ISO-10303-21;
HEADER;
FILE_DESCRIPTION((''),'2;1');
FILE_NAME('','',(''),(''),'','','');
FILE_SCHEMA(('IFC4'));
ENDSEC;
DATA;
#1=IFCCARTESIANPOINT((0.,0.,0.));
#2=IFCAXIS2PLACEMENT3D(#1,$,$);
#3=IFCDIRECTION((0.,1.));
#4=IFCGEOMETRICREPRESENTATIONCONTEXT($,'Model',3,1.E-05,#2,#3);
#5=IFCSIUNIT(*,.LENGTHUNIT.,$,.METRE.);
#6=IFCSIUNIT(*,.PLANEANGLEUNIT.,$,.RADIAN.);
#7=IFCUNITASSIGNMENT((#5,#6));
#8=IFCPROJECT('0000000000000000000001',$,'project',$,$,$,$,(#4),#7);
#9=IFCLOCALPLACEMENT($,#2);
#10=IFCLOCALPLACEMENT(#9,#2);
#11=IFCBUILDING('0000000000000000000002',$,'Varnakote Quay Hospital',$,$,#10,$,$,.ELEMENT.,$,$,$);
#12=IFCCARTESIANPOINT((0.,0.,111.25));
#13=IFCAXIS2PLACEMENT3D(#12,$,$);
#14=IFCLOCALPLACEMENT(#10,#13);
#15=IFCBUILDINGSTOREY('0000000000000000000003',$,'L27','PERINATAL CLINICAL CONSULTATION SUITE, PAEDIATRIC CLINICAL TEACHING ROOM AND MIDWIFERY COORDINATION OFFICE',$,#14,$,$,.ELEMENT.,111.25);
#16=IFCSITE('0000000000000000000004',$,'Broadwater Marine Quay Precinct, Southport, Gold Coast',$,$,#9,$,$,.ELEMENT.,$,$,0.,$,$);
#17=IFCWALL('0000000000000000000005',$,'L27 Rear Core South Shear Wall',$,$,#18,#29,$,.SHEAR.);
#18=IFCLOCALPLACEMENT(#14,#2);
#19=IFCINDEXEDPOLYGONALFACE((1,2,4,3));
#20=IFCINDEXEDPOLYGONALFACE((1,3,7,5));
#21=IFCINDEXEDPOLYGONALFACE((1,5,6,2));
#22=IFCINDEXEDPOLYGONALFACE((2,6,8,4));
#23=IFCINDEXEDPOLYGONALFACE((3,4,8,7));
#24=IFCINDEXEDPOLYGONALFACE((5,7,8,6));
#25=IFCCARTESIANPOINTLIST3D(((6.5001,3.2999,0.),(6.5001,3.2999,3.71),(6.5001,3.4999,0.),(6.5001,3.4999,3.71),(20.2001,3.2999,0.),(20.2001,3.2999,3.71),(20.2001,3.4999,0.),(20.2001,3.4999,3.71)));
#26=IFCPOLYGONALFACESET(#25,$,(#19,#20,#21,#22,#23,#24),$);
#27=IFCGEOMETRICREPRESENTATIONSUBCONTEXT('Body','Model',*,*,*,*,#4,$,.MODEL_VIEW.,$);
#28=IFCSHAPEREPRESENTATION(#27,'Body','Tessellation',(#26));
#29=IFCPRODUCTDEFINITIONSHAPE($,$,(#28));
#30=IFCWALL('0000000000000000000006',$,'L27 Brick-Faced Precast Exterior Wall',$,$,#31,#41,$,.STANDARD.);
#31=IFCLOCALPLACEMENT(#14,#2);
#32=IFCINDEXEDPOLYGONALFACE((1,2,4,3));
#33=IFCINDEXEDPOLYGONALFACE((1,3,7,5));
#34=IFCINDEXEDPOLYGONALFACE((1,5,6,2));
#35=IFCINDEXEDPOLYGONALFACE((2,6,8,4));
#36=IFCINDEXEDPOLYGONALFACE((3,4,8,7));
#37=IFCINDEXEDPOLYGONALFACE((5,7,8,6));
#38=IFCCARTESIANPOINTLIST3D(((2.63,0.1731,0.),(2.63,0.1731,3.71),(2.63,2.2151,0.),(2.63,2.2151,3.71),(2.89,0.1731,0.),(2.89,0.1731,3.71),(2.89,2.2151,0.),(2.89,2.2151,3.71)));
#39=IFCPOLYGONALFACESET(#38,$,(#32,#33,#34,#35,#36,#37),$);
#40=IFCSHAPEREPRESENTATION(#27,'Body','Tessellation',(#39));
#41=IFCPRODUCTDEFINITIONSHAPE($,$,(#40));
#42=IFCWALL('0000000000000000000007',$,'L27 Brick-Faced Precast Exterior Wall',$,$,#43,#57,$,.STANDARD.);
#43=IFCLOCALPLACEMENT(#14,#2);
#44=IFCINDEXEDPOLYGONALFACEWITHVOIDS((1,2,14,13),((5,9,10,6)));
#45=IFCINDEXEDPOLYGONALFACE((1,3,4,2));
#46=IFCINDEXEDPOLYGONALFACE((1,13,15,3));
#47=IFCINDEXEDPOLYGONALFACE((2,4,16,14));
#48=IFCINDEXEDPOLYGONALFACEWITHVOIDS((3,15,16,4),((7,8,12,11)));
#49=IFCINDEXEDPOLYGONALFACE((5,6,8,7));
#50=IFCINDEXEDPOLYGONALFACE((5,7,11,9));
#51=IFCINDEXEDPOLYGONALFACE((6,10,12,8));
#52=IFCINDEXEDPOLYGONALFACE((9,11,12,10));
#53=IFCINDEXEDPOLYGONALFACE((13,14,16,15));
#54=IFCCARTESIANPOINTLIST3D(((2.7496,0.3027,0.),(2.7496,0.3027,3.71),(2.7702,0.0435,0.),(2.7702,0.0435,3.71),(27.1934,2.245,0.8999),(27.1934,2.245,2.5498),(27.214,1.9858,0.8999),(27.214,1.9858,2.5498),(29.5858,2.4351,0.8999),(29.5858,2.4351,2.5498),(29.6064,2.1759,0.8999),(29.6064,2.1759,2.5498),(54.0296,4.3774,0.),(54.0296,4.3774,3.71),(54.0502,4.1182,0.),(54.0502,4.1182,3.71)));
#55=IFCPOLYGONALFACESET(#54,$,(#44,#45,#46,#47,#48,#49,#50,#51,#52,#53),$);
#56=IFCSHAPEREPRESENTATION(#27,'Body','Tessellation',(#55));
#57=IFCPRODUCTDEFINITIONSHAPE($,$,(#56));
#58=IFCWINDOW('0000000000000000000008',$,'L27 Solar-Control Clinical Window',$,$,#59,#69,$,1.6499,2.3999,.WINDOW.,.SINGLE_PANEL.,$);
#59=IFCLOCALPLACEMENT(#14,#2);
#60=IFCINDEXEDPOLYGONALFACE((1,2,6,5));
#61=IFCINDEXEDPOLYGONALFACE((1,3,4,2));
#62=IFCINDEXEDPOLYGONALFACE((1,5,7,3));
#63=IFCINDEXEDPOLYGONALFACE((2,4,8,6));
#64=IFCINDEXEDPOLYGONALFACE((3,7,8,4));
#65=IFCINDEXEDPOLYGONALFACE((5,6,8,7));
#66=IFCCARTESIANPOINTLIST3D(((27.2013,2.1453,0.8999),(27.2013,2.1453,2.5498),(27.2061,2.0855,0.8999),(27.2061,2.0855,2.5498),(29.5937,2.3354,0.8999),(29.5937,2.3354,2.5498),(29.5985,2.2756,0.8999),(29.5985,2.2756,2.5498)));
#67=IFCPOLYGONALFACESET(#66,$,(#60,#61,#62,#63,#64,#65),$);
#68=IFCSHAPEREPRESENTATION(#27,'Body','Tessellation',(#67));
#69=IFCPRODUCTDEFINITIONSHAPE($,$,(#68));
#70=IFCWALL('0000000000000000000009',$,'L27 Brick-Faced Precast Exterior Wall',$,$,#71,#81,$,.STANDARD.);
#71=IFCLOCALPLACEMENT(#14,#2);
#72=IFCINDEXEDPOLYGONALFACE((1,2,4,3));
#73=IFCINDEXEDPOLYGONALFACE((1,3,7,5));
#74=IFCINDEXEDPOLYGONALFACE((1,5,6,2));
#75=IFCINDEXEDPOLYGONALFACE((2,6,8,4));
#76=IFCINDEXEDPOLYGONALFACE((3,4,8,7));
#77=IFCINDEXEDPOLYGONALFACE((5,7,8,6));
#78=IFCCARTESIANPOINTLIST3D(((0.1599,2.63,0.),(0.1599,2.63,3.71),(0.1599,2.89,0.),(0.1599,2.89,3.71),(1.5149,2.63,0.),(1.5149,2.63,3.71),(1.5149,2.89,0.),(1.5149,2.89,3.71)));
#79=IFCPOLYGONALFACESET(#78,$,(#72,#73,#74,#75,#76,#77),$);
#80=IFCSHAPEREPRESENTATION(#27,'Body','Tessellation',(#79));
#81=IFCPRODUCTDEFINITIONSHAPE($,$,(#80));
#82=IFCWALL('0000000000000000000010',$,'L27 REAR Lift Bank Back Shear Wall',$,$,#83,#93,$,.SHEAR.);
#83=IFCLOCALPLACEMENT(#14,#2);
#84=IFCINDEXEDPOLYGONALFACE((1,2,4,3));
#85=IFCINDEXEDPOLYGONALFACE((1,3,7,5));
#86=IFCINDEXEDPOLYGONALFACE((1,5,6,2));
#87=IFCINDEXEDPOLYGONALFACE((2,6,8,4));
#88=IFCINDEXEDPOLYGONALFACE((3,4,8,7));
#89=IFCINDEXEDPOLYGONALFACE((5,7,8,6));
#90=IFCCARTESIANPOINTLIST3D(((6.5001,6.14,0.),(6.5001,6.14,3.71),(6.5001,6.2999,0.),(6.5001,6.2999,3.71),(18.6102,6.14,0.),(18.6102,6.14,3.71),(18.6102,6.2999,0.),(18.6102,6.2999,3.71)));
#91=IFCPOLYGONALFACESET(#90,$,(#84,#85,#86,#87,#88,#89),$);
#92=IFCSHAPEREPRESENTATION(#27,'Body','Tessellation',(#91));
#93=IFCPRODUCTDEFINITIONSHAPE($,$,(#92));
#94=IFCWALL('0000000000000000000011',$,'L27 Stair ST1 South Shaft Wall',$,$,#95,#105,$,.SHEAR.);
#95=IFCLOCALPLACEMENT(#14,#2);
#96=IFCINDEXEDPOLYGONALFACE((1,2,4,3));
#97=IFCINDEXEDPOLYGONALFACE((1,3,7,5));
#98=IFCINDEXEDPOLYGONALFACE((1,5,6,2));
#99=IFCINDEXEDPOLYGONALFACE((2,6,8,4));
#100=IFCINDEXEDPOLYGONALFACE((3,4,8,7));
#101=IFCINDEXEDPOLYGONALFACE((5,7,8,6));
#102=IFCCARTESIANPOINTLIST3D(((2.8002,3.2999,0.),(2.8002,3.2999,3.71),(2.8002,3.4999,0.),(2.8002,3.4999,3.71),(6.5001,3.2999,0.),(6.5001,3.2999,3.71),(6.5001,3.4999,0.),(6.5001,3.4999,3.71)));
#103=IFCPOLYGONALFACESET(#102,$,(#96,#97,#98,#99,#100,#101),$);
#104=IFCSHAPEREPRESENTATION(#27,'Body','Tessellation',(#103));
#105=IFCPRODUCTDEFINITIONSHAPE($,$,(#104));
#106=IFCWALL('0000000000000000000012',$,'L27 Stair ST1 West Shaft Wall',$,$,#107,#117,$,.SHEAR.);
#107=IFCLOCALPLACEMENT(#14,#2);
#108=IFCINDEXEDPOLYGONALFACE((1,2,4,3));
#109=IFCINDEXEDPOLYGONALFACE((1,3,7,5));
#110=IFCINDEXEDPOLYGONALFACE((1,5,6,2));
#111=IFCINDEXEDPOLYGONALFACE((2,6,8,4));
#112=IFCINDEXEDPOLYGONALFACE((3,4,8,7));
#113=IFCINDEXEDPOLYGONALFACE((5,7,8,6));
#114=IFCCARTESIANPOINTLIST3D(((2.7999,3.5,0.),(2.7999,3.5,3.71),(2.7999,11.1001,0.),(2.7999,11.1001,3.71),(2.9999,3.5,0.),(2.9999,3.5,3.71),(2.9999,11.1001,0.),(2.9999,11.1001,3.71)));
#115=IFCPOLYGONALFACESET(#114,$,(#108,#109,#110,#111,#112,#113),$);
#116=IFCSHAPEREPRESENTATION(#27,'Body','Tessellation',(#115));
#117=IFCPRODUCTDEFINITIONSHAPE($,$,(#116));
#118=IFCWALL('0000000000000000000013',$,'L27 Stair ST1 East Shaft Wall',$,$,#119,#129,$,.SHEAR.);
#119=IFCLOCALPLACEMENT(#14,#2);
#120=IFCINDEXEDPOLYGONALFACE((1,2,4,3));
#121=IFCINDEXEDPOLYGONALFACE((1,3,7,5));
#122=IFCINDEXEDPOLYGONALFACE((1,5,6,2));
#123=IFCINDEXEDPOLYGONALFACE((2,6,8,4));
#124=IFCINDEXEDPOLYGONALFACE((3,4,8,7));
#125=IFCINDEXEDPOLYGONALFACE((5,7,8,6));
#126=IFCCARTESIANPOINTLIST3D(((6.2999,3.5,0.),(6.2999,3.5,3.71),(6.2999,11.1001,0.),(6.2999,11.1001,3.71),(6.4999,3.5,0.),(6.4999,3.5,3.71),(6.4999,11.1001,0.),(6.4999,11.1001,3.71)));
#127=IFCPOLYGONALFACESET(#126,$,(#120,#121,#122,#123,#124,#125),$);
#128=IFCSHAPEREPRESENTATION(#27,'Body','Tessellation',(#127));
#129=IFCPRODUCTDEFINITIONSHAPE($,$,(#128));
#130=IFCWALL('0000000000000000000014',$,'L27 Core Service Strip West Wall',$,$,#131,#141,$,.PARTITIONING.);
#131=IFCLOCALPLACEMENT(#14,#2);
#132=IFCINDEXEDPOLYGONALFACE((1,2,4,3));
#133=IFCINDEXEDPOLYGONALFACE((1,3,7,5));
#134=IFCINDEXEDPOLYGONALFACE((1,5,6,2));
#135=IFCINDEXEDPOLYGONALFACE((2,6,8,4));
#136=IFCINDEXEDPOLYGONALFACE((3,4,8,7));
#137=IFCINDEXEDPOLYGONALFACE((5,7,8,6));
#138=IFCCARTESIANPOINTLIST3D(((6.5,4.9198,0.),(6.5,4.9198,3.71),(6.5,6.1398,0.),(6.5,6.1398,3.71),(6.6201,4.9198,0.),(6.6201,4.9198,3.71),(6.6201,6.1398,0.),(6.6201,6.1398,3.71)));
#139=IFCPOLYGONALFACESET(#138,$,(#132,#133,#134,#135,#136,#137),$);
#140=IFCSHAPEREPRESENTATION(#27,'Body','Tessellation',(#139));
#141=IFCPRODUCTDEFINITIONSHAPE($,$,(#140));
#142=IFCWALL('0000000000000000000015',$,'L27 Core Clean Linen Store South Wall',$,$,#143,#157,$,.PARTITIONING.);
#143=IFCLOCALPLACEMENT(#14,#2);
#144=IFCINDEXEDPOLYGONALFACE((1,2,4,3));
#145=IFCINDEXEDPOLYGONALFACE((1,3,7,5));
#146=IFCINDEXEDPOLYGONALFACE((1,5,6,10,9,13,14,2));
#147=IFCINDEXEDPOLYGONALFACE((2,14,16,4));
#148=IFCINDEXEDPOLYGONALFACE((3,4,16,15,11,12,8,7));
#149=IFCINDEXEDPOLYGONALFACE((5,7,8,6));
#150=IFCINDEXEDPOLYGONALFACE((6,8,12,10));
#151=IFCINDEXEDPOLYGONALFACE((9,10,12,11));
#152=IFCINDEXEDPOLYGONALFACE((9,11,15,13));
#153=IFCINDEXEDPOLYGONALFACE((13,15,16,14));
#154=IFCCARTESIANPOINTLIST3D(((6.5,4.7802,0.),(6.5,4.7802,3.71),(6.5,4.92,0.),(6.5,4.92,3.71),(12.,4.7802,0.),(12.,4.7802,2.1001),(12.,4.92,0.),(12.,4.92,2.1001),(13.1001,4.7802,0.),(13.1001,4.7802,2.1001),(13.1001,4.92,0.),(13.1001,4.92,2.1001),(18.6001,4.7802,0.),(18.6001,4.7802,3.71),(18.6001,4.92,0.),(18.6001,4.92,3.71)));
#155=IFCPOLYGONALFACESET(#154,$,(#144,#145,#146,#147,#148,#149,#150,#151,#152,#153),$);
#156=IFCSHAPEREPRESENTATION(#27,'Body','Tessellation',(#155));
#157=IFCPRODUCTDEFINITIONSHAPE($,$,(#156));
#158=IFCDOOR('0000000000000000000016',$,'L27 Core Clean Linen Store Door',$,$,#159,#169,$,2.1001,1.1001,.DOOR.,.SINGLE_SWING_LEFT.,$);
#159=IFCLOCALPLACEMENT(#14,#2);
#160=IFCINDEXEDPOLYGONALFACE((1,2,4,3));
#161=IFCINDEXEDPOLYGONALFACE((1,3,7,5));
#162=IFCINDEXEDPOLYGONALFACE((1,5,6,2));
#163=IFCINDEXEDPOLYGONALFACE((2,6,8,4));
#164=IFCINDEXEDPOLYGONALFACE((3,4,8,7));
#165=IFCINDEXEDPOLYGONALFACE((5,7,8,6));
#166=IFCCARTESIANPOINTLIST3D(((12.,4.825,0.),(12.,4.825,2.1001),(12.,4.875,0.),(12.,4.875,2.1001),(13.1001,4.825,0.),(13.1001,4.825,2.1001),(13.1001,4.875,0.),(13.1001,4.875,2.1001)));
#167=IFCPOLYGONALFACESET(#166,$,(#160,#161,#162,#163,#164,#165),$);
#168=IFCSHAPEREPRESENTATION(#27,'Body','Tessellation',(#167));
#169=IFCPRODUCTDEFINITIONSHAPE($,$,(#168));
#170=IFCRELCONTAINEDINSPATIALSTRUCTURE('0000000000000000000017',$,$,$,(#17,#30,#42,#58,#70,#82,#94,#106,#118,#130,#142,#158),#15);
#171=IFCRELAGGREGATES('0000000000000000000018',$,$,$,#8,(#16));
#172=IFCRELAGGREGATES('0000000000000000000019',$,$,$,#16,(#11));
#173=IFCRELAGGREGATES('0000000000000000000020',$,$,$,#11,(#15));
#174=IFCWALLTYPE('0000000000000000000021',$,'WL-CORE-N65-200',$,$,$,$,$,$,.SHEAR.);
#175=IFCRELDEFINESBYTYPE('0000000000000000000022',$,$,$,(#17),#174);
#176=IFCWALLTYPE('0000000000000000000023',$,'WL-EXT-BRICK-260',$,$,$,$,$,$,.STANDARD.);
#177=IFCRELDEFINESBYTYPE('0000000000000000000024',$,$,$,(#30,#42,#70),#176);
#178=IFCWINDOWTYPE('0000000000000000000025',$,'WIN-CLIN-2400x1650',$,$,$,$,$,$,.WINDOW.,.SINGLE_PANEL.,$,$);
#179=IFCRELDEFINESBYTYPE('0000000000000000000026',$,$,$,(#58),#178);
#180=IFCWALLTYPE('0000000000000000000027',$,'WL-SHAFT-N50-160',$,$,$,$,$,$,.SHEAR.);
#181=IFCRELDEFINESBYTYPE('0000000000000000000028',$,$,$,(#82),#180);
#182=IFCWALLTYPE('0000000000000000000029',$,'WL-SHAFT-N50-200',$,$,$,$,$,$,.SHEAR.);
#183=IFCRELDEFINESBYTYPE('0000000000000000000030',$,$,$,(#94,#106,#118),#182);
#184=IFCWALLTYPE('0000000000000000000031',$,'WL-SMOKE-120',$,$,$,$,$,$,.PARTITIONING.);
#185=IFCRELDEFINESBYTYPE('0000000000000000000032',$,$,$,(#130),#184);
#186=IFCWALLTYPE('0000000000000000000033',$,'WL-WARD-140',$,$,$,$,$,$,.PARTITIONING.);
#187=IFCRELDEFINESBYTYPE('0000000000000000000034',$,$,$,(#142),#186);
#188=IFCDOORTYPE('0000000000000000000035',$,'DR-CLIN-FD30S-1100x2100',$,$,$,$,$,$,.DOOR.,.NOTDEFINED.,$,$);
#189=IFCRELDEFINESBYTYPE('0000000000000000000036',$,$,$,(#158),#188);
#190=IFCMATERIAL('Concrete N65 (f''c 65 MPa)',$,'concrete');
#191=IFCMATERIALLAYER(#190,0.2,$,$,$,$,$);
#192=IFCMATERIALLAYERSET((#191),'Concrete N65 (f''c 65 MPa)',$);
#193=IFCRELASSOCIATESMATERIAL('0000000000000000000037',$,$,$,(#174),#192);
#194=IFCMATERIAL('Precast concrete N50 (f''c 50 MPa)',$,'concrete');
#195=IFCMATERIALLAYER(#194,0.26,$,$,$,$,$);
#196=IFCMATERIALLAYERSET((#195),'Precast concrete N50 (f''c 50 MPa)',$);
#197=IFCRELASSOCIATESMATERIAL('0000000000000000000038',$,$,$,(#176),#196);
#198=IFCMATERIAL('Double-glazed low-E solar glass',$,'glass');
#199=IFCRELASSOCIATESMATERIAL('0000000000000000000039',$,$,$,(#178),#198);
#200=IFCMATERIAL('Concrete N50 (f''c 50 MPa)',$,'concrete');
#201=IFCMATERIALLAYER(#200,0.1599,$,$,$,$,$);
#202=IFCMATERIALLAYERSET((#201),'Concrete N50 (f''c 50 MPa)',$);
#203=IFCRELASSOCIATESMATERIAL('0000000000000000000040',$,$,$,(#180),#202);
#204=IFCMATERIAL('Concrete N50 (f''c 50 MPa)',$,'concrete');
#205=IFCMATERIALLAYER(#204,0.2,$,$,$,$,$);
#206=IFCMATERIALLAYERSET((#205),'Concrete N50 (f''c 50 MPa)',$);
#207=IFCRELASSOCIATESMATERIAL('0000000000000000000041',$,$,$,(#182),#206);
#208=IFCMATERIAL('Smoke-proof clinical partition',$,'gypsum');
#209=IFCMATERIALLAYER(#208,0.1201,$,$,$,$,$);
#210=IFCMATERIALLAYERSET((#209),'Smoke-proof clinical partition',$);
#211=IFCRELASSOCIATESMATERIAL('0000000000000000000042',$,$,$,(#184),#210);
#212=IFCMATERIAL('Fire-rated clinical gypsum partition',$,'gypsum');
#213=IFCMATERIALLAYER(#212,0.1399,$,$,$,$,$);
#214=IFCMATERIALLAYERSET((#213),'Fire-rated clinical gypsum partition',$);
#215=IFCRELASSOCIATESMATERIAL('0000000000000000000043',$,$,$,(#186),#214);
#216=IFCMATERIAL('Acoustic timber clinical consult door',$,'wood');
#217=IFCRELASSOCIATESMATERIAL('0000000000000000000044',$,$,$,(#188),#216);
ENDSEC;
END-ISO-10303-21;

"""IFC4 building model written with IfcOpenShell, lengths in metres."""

from ifc_helpers import new_model, si_unit, direction, frame, frame_2d, origin, place, context, subcontext, project, spatial, rectangle, extrude, material, layer, layer_set, type_object, element, fill, save


model = new_model("IFC4")

# Units and contexts
model_context = context("Model", 3, precision=1e-05, world=origin(), true_north=direction((0.0, 1.0)))
body_context = subcontext(model_context, "Body", "Model", "MODEL_VIEW")
ifc_project = project(units=[si_unit("LENGTHUNIT", "METRE"), si_unit("PLANEANGLEUNIT", "RADIAN")], contexts=[model_context])

# Site, building, storey
site_placement = place(None, origin())
site = spatial("IfcSite", under=ifc_project, at=site_placement, Name="Broadwater Marine Quay Precinct, Southport, Gold Coast", CompositionType="ELEMENT", RefElevation=0.0)
building_placement = place(site_placement, origin())
building = spatial("IfcBuilding", under=site, at=building_placement, Name="Varnakote Quay Hospital", CompositionType="ELEMENT")
storey_placement = place(building_placement, frame((0.0, 0.0, 111.25)))
storey = spatial("IfcBuildingStorey", under=building, at=storey_placement, Name="L27", Description="PERINATAL CLINICAL CONSULTATION SUITE, PAEDIATRIC CLINICAL TEACHING ROOM AND MIDWIFERY COORDINATION OFFICE", CompositionType="ELEMENT", Elevation=111.25)

# Walls
ifc_material_1 = material(Name="Concrete N65 (f'c 65 MPa)", Category="concrete")
ifc_layer_1 = layer(ifc_material_1, 0.2)
ifc_layer_set_1 = layer_set([ifc_layer_1], Name="Concrete N65 (f'c 65 MPa)")
wall_type_1 = type_object("IfcWallType", Name="WL-CORE-N65-200", PredefinedType="SHEAR", material=ifc_layer_set_1)
wall_1_placement = place(storey_placement, frame((6.5, 3.3999, 0.0), z_axis=(0.0, 0.0, 1.0), x_axis=(1.0, 0.0, 0.0)))
element("IfcWall", 1, at=wall_1_placement, inside=storey, type_object=wall_type_1, Name="L27 Rear Core South Shear Wall", PredefinedType="SHEAR", context=body_context, shape_type="SweptSolid", body=[
    extrude(rectangle(XDim=13.7, YDim=0.2, at=frame_2d((6.8501, 0.0))), origin(), (0.0, 0.0, 1.0), 3.71),
])
ifc_material_2 = material(Name="Precast concrete N50 (f'c 50 MPa)", Category="concrete")
ifc_layer_2 = layer(ifc_material_2, 0.26)
ifc_layer_set_2 = layer_set([ifc_layer_2], Name="Precast concrete N50 (f'c 50 MPa)")
wall_type_2 = type_object("IfcWallType", Name="WL-EXT-BRICK-260", PredefinedType="STANDARD", material=ifc_layer_set_2)
wall_2_placement = place(storey_placement, frame((2.76, 2.2151, 0.0), z_axis=(0.0, 0.0, 1.0), x_axis=(0.0, -1.0, 0.0)))
element("IfcWall", 2, at=wall_2_placement, inside=storey, type_object=wall_type_2, Name="L27 Brick-Faced Precast Exterior Wall", PredefinedType="STANDARD", context=body_context, shape_type="SweptSolid", body=[
    extrude(rectangle(XDim=2.042, YDim=0.26, at=frame_2d((1.021, 0.0))), origin(), (0.0, 0.0, 1.0), 3.71),
])

# Wall, opening, window
wall_3_placement = place(storey_placement, frame((2.76, 0.1731, 0.0), z_axis=(0.0, 0.0, 1.0), x_axis=(0.996858, 0.07921, 0.0)))
wall_3 = element("IfcWall", 3, at=wall_3_placement, inside=storey, type_object=wall_type_2, Name="L27 Brick-Faced Precast Exterior Wall", PredefinedType="STANDARD", context=body_context, shape_type="SweptSolid", body=[
    extrude(rectangle(XDim=51.4417, YDim=0.26, at=frame_2d((25.7207, 0.0))), origin(), (0.0, 0.0, 1.0), 3.71),
])
opening_1_placement = place(wall_3_placement, frame((24.5208, 0.0, 0.8999)))
opening_1 = element("IfcOpeningElement", 4, at=opening_1_placement, cuts=wall_3, PredefinedType="OPENING", context=body_context, shape_type="SweptSolid", body=[
    extrude(rectangle(XDim=2.3999, YDim=1.6499, at=frame_2d((1.2, 0.825))), frame((0.0, 0.1399, 0.0), z_axis=(0.0, -1.0, 0.0), x_axis=(1.0, 0.0, 0.0)), (0.0, 0.0, 1.0), 0.28),
])
ifc_material_3 = material(Name="Double-glazed low-E solar glass", Category="glass")
window_type = type_object("IfcWindowType", Name="WIN-CLIN-2400x1650", PartitioningType="SINGLE_PANEL", PredefinedType="WINDOW", material=ifc_material_3)
window_placement = place(opening_1_placement, origin())
window = element("IfcWindow", 5, at=window_placement, inside=storey, type_object=window_type, Name="L27 Solar-Control Clinical Window", OverallHeight=1.6499, OverallWidth=2.3999, PartitioningType="SINGLE_PANEL", PredefinedType="WINDOW", context=body_context, shape_type="SweptSolid", body=[
    extrude(rectangle(XDim=2.3999, YDim=1.6499, at=frame_2d((1.2, 0.825))), frame((0.0, 0.03, 0.0), z_axis=(0.0, -1.0, 0.0), x_axis=(1.0, 0.0, 0.0)), (0.0, 0.0, 1.0), 0.0601),
])
fill(opening_1, window)

# Walls
wall_4_placement = place(storey_placement, frame((0.1599, 2.76, 0.0), z_axis=(0.0, 0.0, 1.0), x_axis=(1.0, 0.0, 0.0)))
element("IfcWall", 6, at=wall_4_placement, inside=storey, type_object=wall_type_2, Name="L27 Brick-Faced Precast Exterior Wall", PredefinedType="STANDARD", context=body_context, shape_type="SweptSolid", body=[
    extrude(rectangle(XDim=1.355, YDim=0.26, at=frame_2d((0.6775, 0.0))), origin(), (0.0, 0.0, 1.0), 3.71),
])
ifc_material_4 = material(Name="Concrete N50 (f'c 50 MPa)", Category="concrete")
ifc_layer_3 = layer(ifc_material_4, 0.1599)
ifc_layer_set_3 = layer_set([ifc_layer_3], Name="Concrete N50 (f'c 50 MPa)")
wall_type_3 = type_object("IfcWallType", Name="WL-SHAFT-N50-160", PredefinedType="SHEAR", material=ifc_layer_set_3)
wall_5_placement = place(storey_placement, frame((6.5, 6.22, 0.0), z_axis=(0.0, 0.0, 1.0), x_axis=(1.0, 0.0, 0.0)))
element("IfcWall", 7, at=wall_5_placement, inside=storey, type_object=wall_type_3, Name="L27 REAR Lift Bank Back Shear Wall", PredefinedType="SHEAR", context=body_context, shape_type="SweptSolid", body=[
    extrude(rectangle(XDim=12.1101, YDim=0.1599, at=frame_2d((6.0552, 0.0))), origin(), (0.0, 0.0, 1.0), 3.71),
])
ifc_material_5 = material(Name="Concrete N50 (f'c 50 MPa)", Category="concrete")
ifc_layer_4 = layer(ifc_material_5, 0.2)
ifc_layer_set_4 = layer_set([ifc_layer_4], Name="Concrete N50 (f'c 50 MPa)")
wall_type_4 = type_object("IfcWallType", Name="WL-SHAFT-N50-200", PredefinedType="SHEAR", material=ifc_layer_set_4)
wall_6_placement = place(storey_placement, frame((2.8, 3.3999, 0.0), z_axis=(0.0, 0.0, 1.0), x_axis=(1.0, 0.0, 0.0)))
element("IfcWall", 8, at=wall_6_placement, inside=storey, type_object=wall_type_4, Name="L27 Stair ST1 South Shaft Wall", PredefinedType="SHEAR", context=body_context, shape_type="SweptSolid", body=[
    extrude(rectangle(XDim=3.7, YDim=0.2, at=frame_2d((1.8501, 0.0))), origin(), (0.0, 0.0, 1.0), 3.71),
])
for number, where, z_axis, x_axis, name in (
    (9, (2.8999, 3.5, 0.0), (0.0, 0.0, 1.0), (0.0, 1.0, 0.0), "L27 Stair ST1 West Shaft Wall"),
    (10, (6.3999, 3.5, 0.0), (0.0, 0.0, 1.0), (0.0, 1.0, 0.0), "L27 Stair ST1 East Shaft Wall"),
):
    element("IfcWall", number, at=place(storey_placement, frame(where, z_axis=z_axis, x_axis=x_axis)), inside=storey, type_object=wall_type_4, Name=name, PredefinedType="SHEAR", context=body_context, shape_type="SweptSolid", body=[
        extrude(rectangle(XDim=7.6001, YDim=0.2, at=frame_2d((3.8, 0.0))), origin(), (0.0, 0.0, 1.0), 3.71),
    ])
ifc_material_6 = material(Name="Smoke-proof clinical partition", Category="gypsum")
ifc_layer_5 = layer(ifc_material_6, 0.1201)
ifc_layer_set_5 = layer_set([ifc_layer_5], Name="Smoke-proof clinical partition")
wall_type_5 = type_object("IfcWallType", Name="WL-SMOKE-120", PredefinedType="PARTITIONING", material=ifc_layer_set_5)
wall_7_placement = place(storey_placement, frame((6.5601, 4.9199, 0.0), z_axis=(0.0, 0.0, 1.0), x_axis=(0.0, 1.0, 0.0)))
element("IfcWall", 11, at=wall_7_placement, inside=storey, type_object=wall_type_5, Name="L27 Core Service Strip West Wall", PredefinedType="PARTITIONING", context=body_context, shape_type="SweptSolid", body=[
    extrude(rectangle(XDim=1.22, YDim=0.1201, at=frame_2d((0.6099, 0.0))), origin(), (0.0, 0.0, 1.0), 3.71),
])

# Wall, opening, door
ifc_material_7 = material(Name="Fire-rated clinical gypsum partition", Category="gypsum")
ifc_layer_6 = layer(ifc_material_7, 0.1399)
ifc_layer_set_6 = layer_set([ifc_layer_6], Name="Fire-rated clinical gypsum partition")
wall_type_6 = type_object("IfcWallType", Name="WL-WARD-140", PredefinedType="PARTITIONING", material=ifc_layer_set_6)
wall_8_placement = place(storey_placement, frame((6.5, 4.8501, 0.0), z_axis=(0.0, 0.0, 1.0), x_axis=(1.0, 0.0, 0.0)))
wall_8 = element("IfcWall", 12, at=wall_8_placement, inside=storey, type_object=wall_type_6, Name="L27 Core Clean Linen Store South Wall", PredefinedType="PARTITIONING", context=body_context, shape_type="SweptSolid", body=[
    extrude(rectangle(XDim=12.1001, YDim=0.1399, at=frame_2d((6.05, 0.0))), origin(), (0.0, 0.0, 1.0), 3.71),
])
opening_2_placement = place(wall_8_placement, frame((5.5, 0.0, 0.0)))
opening_2 = element("IfcOpeningElement", 13, at=opening_2_placement, cuts=wall_8, PredefinedType="OPENING", context=body_context, shape_type="SweptSolid", body=[
    extrude(rectangle(XDim=1.1001, YDim=2.1001, at=frame_2d((0.55, 1.05))), frame((0.0, 0.0798, 0.0), z_axis=(0.0, -1.0, 0.0), x_axis=(1.0, 0.0, 0.0)), (0.0, 0.0, 1.0), 0.1599),
])
ifc_material_8 = material(Name="Acoustic timber clinical consult door", Category="wood")
door_type = type_object("IfcDoorType", Name="DR-CLIN-FD30S-1100x2100", OperationType="NOTDEFINED", PredefinedType="DOOR", material=ifc_material_8)
door_placement = place(opening_2_placement, origin())
door = element("IfcDoor", 14, at=door_placement, inside=storey, type_object=door_type, Name="L27 Core Clean Linen Store Door", OperationType="SINGLE_SWING_LEFT", OverallHeight=2.1001, OverallWidth=1.1001, PredefinedType="DOOR", context=body_context, shape_type="SweptSolid", body=[
    extrude(rectangle(XDim=1.1001, YDim=2.1001, at=frame_2d((0.55, 1.05))), frame((0.0, 0.0249, 0.0), z_axis=(0.0, -1.0, 0.0), x_axis=(1.0, 0.0, 0.0)), (0.0, 0.0, 1.0), 0.05),
])
fill(opening_2, door)

save(model, "model.ifc")
